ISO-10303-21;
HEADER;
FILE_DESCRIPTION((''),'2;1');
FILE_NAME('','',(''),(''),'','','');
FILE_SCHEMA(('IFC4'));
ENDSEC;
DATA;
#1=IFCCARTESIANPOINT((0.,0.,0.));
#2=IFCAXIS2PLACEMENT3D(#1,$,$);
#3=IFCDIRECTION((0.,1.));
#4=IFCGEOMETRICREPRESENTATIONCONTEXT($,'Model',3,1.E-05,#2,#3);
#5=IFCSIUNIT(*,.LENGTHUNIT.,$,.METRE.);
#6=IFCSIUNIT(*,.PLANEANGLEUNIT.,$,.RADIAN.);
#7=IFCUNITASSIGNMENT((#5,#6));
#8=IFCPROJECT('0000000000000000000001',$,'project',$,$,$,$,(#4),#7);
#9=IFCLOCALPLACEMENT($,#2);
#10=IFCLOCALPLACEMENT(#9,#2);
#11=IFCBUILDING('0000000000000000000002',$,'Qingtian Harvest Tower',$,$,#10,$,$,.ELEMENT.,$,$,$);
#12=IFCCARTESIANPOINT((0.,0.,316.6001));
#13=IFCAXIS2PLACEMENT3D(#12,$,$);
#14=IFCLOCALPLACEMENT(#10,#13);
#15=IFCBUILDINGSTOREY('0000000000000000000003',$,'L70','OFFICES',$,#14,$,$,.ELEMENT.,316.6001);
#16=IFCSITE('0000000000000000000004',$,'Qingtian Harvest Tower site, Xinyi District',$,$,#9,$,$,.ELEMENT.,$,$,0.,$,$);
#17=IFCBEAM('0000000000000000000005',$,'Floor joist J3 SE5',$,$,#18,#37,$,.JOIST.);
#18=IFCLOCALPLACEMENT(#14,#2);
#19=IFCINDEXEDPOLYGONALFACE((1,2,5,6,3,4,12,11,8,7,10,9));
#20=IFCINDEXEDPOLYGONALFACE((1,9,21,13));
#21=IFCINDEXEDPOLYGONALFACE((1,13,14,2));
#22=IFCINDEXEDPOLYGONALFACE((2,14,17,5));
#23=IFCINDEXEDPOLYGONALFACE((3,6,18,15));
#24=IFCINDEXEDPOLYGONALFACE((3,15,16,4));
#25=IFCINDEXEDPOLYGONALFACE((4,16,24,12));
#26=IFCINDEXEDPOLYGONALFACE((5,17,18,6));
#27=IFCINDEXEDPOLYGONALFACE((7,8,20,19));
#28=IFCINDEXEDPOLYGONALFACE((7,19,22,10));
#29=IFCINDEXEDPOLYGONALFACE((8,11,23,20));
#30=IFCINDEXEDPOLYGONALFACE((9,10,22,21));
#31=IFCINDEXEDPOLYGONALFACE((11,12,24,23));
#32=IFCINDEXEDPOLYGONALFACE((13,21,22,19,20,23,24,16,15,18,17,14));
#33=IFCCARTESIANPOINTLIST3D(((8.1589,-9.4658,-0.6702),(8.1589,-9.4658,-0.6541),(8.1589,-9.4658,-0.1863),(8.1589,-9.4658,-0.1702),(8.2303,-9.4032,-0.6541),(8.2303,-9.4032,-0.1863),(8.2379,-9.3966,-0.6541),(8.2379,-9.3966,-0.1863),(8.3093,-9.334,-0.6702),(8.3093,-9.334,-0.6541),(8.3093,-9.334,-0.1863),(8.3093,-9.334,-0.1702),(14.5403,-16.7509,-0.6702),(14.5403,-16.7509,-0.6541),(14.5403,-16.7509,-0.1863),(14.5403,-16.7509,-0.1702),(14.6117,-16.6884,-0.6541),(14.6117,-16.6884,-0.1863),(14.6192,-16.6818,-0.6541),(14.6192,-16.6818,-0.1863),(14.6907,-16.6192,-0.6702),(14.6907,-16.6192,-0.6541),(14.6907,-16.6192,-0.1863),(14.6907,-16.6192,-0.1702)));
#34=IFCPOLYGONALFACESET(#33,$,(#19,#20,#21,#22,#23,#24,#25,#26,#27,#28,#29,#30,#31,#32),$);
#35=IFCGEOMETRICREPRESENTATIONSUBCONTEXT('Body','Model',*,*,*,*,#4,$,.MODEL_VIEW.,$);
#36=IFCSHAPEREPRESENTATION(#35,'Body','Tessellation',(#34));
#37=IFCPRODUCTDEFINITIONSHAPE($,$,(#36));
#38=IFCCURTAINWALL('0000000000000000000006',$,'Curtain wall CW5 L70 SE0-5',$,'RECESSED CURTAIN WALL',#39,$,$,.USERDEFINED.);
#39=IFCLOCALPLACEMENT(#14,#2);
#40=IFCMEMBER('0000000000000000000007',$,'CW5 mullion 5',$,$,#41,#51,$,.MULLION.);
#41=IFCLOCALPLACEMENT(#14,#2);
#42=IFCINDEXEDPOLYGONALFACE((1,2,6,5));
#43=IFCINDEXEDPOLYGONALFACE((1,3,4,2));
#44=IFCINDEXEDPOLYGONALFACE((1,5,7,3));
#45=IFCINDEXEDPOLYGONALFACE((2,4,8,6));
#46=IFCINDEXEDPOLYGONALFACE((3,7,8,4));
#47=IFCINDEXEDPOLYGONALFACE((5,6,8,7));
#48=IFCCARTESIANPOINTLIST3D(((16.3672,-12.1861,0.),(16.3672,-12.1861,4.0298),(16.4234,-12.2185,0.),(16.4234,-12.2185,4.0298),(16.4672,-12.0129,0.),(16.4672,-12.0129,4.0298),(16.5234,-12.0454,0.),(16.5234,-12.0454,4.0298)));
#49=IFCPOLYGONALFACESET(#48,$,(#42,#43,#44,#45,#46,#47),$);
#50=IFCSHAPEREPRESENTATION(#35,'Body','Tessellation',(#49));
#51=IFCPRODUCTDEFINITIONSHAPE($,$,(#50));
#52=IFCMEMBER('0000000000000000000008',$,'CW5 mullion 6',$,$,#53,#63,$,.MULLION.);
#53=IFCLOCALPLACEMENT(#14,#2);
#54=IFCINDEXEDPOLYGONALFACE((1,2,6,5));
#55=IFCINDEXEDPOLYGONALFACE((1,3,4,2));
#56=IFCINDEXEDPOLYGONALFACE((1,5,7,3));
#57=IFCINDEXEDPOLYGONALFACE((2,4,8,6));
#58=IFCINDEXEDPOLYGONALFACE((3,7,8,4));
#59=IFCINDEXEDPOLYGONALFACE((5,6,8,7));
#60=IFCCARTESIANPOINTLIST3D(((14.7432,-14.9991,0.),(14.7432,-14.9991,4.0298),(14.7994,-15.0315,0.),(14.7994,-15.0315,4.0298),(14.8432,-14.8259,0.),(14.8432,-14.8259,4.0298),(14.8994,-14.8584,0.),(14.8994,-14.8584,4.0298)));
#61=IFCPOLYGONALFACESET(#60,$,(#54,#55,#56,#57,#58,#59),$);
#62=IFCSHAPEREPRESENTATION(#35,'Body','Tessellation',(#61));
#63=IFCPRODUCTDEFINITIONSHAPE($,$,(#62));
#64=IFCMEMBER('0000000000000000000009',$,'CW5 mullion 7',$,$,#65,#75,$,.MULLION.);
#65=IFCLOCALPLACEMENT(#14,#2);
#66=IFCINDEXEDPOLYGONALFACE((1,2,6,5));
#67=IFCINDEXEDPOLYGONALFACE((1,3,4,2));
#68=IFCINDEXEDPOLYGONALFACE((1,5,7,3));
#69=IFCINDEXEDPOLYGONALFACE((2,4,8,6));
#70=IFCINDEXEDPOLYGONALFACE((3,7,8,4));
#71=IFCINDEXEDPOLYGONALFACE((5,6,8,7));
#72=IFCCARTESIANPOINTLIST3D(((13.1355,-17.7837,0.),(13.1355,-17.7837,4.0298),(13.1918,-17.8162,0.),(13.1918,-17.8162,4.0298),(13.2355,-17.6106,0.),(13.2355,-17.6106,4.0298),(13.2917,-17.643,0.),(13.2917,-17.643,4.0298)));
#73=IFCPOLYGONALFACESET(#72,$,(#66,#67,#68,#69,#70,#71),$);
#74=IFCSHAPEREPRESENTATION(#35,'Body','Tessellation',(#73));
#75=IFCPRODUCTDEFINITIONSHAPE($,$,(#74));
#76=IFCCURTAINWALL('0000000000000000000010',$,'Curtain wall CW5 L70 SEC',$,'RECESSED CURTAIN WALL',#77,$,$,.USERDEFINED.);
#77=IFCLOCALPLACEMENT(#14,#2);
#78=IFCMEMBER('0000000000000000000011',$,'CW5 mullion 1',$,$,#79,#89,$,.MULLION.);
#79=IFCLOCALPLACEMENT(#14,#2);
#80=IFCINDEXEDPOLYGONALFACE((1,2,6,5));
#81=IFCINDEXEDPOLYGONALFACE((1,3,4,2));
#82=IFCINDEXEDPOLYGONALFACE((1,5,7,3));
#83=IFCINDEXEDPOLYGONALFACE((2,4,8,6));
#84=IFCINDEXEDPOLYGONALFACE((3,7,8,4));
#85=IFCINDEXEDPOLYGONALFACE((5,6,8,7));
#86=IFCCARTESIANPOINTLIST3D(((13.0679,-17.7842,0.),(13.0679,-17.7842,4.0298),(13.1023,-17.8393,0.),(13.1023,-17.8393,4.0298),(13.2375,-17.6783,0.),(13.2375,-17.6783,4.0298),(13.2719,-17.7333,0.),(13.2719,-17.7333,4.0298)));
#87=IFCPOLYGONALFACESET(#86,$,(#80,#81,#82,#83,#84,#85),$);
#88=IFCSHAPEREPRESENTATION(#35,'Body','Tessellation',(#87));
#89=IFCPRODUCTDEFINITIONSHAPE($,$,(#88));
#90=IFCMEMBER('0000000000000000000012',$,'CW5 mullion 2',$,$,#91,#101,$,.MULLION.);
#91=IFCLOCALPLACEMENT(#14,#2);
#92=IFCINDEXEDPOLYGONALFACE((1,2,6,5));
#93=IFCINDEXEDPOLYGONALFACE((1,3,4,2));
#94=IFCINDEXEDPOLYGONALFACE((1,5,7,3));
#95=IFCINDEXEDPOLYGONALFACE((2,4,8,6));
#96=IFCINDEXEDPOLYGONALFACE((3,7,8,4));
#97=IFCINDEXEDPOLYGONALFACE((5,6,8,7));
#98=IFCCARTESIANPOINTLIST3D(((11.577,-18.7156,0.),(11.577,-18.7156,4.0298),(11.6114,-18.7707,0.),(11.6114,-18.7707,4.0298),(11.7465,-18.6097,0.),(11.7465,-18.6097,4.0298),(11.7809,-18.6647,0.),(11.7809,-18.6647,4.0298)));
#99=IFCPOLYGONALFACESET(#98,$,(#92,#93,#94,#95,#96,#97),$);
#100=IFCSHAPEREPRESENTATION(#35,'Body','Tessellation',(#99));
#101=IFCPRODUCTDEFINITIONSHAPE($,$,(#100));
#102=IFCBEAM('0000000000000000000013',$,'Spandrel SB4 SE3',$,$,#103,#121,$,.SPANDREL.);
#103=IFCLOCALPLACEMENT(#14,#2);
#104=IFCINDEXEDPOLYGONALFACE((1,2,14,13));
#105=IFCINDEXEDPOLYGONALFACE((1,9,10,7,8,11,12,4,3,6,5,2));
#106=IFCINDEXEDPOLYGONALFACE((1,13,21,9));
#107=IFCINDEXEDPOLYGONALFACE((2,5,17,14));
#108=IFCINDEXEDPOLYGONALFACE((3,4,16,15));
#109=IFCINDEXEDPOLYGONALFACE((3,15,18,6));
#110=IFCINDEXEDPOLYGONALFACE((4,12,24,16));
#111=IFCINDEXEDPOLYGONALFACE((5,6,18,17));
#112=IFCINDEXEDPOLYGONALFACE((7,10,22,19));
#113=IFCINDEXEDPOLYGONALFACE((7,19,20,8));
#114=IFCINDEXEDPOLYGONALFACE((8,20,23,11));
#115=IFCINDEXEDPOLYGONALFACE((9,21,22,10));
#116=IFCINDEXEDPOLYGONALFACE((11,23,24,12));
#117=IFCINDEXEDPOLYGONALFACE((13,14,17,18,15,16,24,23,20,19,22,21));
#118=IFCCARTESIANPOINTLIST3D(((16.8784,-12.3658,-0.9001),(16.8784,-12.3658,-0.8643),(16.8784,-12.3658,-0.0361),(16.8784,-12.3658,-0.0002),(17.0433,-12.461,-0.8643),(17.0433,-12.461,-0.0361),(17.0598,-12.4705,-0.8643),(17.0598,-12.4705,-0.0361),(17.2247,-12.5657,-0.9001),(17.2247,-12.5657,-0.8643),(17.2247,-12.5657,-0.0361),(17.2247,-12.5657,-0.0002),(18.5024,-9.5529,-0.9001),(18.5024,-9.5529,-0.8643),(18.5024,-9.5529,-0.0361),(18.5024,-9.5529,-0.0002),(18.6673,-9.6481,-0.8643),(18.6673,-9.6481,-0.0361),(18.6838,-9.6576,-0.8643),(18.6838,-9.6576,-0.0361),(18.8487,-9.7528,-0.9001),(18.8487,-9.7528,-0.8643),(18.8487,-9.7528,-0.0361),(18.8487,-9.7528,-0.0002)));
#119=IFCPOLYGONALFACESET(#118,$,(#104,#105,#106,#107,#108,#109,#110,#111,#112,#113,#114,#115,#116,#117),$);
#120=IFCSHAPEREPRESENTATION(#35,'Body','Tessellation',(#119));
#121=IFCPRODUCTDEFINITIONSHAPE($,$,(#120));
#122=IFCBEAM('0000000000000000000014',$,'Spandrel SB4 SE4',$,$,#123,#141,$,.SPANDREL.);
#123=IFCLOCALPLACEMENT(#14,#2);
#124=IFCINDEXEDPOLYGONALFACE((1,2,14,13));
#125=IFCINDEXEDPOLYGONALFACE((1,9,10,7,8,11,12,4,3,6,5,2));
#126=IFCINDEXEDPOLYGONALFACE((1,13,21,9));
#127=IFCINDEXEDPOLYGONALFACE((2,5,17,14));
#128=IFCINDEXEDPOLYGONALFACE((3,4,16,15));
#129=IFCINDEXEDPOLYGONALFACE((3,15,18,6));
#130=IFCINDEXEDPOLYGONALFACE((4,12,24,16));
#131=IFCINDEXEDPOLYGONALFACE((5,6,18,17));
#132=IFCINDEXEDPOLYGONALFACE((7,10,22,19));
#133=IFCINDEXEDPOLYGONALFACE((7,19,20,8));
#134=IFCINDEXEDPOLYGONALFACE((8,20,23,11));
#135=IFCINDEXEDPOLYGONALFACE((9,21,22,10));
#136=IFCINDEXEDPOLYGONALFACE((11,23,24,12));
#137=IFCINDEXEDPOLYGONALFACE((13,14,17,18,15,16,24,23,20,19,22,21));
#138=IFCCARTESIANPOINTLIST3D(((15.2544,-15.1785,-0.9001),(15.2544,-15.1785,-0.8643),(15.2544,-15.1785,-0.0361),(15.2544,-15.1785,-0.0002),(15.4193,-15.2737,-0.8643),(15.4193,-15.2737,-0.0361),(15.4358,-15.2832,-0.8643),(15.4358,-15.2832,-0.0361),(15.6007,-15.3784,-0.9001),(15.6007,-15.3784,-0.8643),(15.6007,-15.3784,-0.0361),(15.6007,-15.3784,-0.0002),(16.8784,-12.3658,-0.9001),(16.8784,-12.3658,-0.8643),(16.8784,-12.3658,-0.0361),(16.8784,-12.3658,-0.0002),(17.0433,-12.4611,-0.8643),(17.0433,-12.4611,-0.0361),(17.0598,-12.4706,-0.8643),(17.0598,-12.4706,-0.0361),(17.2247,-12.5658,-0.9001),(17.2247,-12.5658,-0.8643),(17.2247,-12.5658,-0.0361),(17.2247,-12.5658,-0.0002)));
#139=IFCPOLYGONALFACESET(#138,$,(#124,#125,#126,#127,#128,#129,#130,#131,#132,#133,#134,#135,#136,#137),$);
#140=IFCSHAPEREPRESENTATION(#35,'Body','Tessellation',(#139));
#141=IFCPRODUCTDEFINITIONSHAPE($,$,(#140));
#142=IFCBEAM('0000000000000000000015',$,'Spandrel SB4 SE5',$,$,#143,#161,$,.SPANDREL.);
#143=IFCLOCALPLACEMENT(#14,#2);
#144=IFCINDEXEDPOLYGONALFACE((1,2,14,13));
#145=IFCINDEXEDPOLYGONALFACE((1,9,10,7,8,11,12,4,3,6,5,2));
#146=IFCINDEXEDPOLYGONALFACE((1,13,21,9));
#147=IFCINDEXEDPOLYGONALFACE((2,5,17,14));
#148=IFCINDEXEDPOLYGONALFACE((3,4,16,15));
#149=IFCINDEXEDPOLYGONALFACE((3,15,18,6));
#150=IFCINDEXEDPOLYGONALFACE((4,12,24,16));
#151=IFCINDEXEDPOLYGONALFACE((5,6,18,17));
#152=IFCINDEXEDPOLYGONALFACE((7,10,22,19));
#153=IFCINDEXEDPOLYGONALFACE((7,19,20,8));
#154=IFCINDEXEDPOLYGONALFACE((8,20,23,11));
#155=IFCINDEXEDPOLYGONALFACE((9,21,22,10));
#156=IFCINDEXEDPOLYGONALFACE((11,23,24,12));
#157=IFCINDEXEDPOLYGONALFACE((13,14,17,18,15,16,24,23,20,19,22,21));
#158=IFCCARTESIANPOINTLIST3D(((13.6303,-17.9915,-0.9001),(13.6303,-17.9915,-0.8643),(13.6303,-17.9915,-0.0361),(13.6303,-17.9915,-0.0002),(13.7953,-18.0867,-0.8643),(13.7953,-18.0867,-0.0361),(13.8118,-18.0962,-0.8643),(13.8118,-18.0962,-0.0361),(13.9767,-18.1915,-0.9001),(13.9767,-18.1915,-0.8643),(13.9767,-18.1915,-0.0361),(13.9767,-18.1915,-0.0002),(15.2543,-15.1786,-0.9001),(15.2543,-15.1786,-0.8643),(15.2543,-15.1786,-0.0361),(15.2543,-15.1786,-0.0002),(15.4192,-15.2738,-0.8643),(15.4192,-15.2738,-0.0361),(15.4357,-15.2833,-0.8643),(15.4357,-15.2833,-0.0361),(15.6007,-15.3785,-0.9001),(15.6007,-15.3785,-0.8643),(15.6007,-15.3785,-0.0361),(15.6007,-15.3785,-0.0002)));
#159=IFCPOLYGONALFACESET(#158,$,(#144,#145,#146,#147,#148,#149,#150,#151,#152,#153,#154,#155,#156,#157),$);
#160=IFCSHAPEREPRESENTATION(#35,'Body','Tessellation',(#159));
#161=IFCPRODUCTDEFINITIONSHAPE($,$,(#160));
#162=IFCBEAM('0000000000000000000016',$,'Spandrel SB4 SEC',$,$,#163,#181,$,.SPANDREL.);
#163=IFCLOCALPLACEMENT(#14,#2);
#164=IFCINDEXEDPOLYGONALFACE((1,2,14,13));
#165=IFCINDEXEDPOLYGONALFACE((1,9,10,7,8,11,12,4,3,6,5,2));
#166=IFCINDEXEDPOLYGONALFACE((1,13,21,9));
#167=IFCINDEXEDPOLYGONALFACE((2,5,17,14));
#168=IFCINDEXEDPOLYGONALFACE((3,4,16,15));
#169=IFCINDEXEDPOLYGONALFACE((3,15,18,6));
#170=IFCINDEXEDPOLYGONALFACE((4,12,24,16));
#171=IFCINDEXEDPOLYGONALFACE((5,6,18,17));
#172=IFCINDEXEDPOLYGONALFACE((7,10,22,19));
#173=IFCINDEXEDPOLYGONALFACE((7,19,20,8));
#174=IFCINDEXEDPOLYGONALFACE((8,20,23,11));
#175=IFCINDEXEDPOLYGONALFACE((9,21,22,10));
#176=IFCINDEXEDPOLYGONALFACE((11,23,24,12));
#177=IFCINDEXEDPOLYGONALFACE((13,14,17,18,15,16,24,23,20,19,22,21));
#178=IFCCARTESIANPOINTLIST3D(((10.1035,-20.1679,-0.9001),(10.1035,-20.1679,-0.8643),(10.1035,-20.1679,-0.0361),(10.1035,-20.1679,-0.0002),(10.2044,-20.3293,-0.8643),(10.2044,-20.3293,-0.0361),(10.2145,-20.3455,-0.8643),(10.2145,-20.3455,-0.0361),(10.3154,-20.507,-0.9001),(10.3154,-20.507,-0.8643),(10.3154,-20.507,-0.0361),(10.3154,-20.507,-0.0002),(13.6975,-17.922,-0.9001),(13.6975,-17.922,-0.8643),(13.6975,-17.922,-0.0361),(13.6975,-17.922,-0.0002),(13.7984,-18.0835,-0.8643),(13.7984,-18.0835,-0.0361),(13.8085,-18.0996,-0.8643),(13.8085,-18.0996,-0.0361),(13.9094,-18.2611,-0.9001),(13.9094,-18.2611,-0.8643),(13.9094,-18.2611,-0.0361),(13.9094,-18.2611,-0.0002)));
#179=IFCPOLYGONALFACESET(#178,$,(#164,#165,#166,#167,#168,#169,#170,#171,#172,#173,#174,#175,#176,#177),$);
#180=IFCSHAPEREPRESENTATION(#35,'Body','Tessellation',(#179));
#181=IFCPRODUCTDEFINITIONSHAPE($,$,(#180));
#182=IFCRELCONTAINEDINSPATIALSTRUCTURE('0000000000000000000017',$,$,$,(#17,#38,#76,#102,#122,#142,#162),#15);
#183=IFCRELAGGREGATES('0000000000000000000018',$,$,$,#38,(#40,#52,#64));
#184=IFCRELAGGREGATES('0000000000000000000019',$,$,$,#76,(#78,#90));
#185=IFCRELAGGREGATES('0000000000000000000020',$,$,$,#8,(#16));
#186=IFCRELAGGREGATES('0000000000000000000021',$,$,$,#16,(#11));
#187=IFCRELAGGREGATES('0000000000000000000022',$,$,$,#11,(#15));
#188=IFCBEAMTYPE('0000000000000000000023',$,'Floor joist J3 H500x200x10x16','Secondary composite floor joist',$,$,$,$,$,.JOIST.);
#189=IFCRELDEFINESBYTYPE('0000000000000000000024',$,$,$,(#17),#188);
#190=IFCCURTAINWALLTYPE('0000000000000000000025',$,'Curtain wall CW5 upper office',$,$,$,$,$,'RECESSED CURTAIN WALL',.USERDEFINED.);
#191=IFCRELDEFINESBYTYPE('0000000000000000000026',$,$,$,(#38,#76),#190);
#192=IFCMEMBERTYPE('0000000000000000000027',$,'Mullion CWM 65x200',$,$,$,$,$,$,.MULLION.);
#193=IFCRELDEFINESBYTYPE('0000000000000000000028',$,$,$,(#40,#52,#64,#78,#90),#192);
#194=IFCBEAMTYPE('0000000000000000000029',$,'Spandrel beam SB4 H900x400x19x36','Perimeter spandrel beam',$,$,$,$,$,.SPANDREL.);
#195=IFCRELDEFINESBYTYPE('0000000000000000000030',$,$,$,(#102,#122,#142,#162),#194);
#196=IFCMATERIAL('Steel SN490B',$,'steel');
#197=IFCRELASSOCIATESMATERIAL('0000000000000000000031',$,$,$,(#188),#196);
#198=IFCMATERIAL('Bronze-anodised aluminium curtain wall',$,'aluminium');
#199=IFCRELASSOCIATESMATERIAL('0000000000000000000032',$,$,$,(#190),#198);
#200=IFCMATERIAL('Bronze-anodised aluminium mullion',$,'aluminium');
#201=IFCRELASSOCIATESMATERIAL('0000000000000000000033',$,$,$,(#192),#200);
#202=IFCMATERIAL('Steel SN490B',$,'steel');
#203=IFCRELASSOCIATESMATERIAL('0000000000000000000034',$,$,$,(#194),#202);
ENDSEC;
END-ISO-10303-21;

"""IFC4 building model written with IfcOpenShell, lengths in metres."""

from ifc_helpers import new_model, si_unit, direction, frame, origin, origin_2d, place, context, subcontext, project, spatial, rectangle, i_section, extrude, material, material_profile, profile_set, type_object, element, aggregate, save


model = new_model("IFC4")

# Units and contexts
model_context = context("Model", 3, precision=1e-05, world=origin(), true_north=direction((0.0, 1.0)))
body_context = subcontext(model_context, "Body", "Model", "MODEL_VIEW")
ifc_project = project(units=[si_unit("LENGTHUNIT", "METRE"), si_unit("PLANEANGLEUNIT", "RADIAN")], contexts=[model_context])

# Site, building, storey
site_placement = place(None, origin())
site = spatial("IfcSite", under=ifc_project, at=site_placement, Name="Qingtian Harvest Tower site, Xinyi District", CompositionType="ELEMENT", RefElevation=0.0)
building_placement = place(site_placement, origin())
building = spatial("IfcBuilding", under=site, at=building_placement, Name="Qingtian Harvest Tower", CompositionType="ELEMENT")
storey_placement = place(building_placement, frame((0.0, 0.0, 316.6001)))
storey = spatial("IfcBuildingStorey", under=building, at=storey_placement, Name="L70", Description="OFFICES", CompositionType="ELEMENT", Elevation=316.6001)

# Beam
ifc_material_1 = material(Name="Steel SN490B", Category="steel")
ifc_material_profile_1 = material_profile(ifc_material_1, i_section(OverallWidth=0.2, OverallDepth=0.5, WebThickness=0.01, FlangeThickness=0.0161, at=origin_2d()), Name="H500x200x10x16")
ifc_profile_set_1 = profile_set([ifc_material_profile_1], Name="Steel SN490B")
beam_type_1 = type_object("IfcBeamType", Name="Floor joist J3 H500x200x10x16", Description="Secondary composite floor joist", PredefinedType="JOIST", material=ifc_profile_set_1)
beam_1_placement = place(storey_placement, frame((14.6155, -16.6851, -0.4202), z_axis=(-0.658904, 0.752227, 0.0), x_axis=(-0.752227, -0.658904, 0.0)))
element("IfcBeam", 1, at=beam_1_placement, inside=storey, type_object=beam_type_1, Name="Floor joist J3 SE5", PredefinedType="JOIST", context=body_context, shape_type="SweptSolid", body=[
    extrude(i_section(OverallWidth=0.2, OverallDepth=0.5, WebThickness=0.01, FlangeThickness=0.0161, at=origin_2d()), origin(), (0.0, 0.0, 1.0), 9.6848),
])

# Curtain walls, members
ifc_material_2 = material(Name="Bronze-anodised aluminium curtain wall", Category="aluminium")
curtain_wall_type = type_object("IfcCurtainWallType", Name="Curtain wall CW5 upper office", ElementType="RECESSED CURTAIN WALL", PredefinedType="USERDEFINED", material=ifc_material_2)
curtain_wall_1_placement = place(storey_placement, origin())
curtain_wall_1 = element("IfcCurtainWall", 2, at=curtain_wall_1_placement, inside=storey, type_object=curtain_wall_type, Name="Curtain wall CW5 L70 SE0-5", ObjectType="RECESSED CURTAIN WALL", PredefinedType="USERDEFINED")
ifc_material_3 = material(Name="Bronze-anodised aluminium mullion", Category="aluminium")
ifc_material_profile_2 = material_profile(ifc_material_3, rectangle(XDim=0.0649, YDim=0.2, at=origin_2d()), Name="AL 65x200")
ifc_profile_set_2 = profile_set([ifc_material_profile_2], Name="Bronze-anodised aluminium mullion")
member_type_1 = type_object("IfcMemberType", Name="Mullion CWM 65x200", PredefinedType="MULLION", material=ifc_profile_set_2)
member_1_placement = place(storey_placement, frame((16.4453, -12.1157, 0.0), z_axis=(0.0, 0.0, 1.0), x_axis=(0.866025, -0.5, 0.0)))
member_1 = element("IfcMember", 3, at=member_1_placement, type_object=member_type_1, Name="CW5 mullion 5", PredefinedType="MULLION", context=body_context, shape_type="SweptSolid", body=[
    extrude(rectangle(XDim=0.0649, YDim=0.2, at=origin_2d()), origin(), (0.0, 0.0, 1.0), 4.0298),
])
member_2_placement = place(storey_placement, frame((14.8213, -14.9287, 0.0), z_axis=(0.0, 0.0, 1.0), x_axis=(0.866025, -0.5, 0.0)))
member_2 = element("IfcMember", 4, at=member_2_placement, type_object=member_type_1, Name="CW5 mullion 6", PredefinedType="MULLION", context=body_context, shape_type="SweptSolid", body=[
    extrude(rectangle(XDim=0.0649, YDim=0.2, at=origin_2d()), origin(), (0.0, 0.0, 1.0), 4.0298),
])
member_3_placement = place(storey_placement, frame((13.2136, -17.7134, 0.0), z_axis=(0.0, 0.0, 1.0), x_axis=(0.866025, -0.5, 0.0)))
member_3 = element("IfcMember", 5, at=member_3_placement, type_object=member_type_1, Name="CW5 mullion 7", PredefinedType="MULLION", context=body_context, shape_type="SweptSolid", body=[
    extrude(rectangle(XDim=0.0649, YDim=0.2, at=origin_2d()), origin(), (0.0, 0.0, 1.0), 4.0298),
])
curtain_wall_2_placement = place(storey_placement, origin())
curtain_wall_2 = element("IfcCurtainWall", 6, at=curtain_wall_2_placement, inside=storey, type_object=curtain_wall_type, Name="Curtain wall CW5 L70 SEC", ObjectType="RECESSED CURTAIN WALL", PredefinedType="USERDEFINED")
member_4_placement = place(storey_placement, frame((13.1699, -17.7588, 0.0), z_axis=(0.0, 0.0, 1.0), x_axis=(0.529919, -0.848048, 0.0)))
member_4 = element("IfcMember", 7, at=member_4_placement, type_object=member_type_1, Name="CW5 mullion 1", PredefinedType="MULLION", context=body_context, shape_type="SweptSolid", body=[
    extrude(rectangle(XDim=0.0649, YDim=0.2, at=origin_2d()), origin(), (0.0, 0.0, 1.0), 4.0298),
])
member_5_placement = place(storey_placement, frame((11.679, -18.6902, 0.0), z_axis=(0.0, 0.0, 1.0), x_axis=(0.529919, -0.848048, 0.0)))
member_5 = element("IfcMember", 8, at=member_5_placement, type_object=member_type_1, Name="CW5 mullion 2", PredefinedType="MULLION", context=body_context, shape_type="SweptSolid", body=[
    extrude(rectangle(XDim=0.0649, YDim=0.2, at=origin_2d()), origin(), (0.0, 0.0, 1.0), 4.0298),
])

# Beams
ifc_material_4 = material(Name="Steel SN490B", Category="steel")
ifc_material_profile_3 = material_profile(ifc_material_4, i_section(OverallWidth=0.3999, OverallDepth=0.8999, WebThickness=0.019, FlangeThickness=0.0359, at=origin_2d()), Name="H900x400x19x36")
ifc_profile_set_3 = profile_set([ifc_material_profile_3], Name="Steel SN490B")
beam_type_2 = type_object("IfcBeamType", Name="Spandrel beam SB4 H900x400x19x36", Description="Perimeter spandrel beam", PredefinedType="SPANDREL", material=ifc_profile_set_3)
beam_2_placement = place(storey_placement, frame((18.6755, -9.6528, -0.4502), z_axis=(-0.499987, -0.866033, 0.0), x_axis=(0.866033, -0.499987, 0.0)))
element("IfcBeam", 9, at=beam_2_placement, inside=storey, type_object=beam_type_2, Name="Spandrel SB4 SE3", PredefinedType="SPANDREL", context=body_context, shape_type="SweptSolid", body=[
    extrude(i_section(OverallWidth=0.3999, OverallDepth=0.8999, WebThickness=0.019, FlangeThickness=0.0359, at=origin_2d()), origin(), (0.0, 0.0, 1.0), 3.248),
])
beam_3_placement = place(storey_placement, frame((17.0515, -12.4658, -0.4502), z_axis=(-0.50002, -0.866014, 0.0), x_axis=(0.866014, -0.50002, 0.0)))
element("IfcBeam", 10, at=beam_3_placement, inside=storey, type_object=beam_type_2, Name="Spandrel SB4 SE4", PredefinedType="SPANDREL", context=body_context, shape_type="SweptSolid", body=[
    extrude(i_section(OverallWidth=0.3999, OverallDepth=0.8999, WebThickness=0.019, FlangeThickness=0.0359, at=origin_2d()), origin(), (0.0, 0.0, 1.0), 3.2478),
])
beam_4_placement = place(storey_placement, frame((15.4275, -15.2786, -0.4502), z_axis=(-0.499987, -0.866033, 0.0), x_axis=(0.866033, -0.499987, 0.0)))
element("IfcBeam", 11, at=beam_4_placement, inside=storey, type_object=beam_type_2, Name="Spandrel SB4 SE5", PredefinedType="SPANDREL", context=body_context, shape_type="SweptSolid", body=[
    extrude(i_section(OverallWidth=0.3999, OverallDepth=0.8999, WebThickness=0.019, FlangeThickness=0.0359, at=origin_2d()), origin(), (0.0, 0.0, 1.0), 3.248),
])
beam_5_placement = place(storey_placement, frame((13.8035, -18.0916, -0.4502), z_axis=(-0.84804, -0.529932, 0.0), x_axis=(0.529932, -0.84804, 0.0)))
element("IfcBeam", 12, at=beam_5_placement, inside=storey, type_object=beam_type_2, Name="Spandrel SB4 SEC", PredefinedType="SPANDREL", context=body_context, shape_type="SweptSolid", body=[
    extrude(i_section(OverallWidth=0.3999, OverallDepth=0.8999, WebThickness=0.019, FlangeThickness=0.0359, at=origin_2d()), origin(), (0.0, 0.0, 1.0), 4.238),
])

aggregate(curtain_wall_1, [member_1, member_2, member_3])
aggregate(curtain_wall_2, [member_4, member_5])

save(model, "model.ifc")
